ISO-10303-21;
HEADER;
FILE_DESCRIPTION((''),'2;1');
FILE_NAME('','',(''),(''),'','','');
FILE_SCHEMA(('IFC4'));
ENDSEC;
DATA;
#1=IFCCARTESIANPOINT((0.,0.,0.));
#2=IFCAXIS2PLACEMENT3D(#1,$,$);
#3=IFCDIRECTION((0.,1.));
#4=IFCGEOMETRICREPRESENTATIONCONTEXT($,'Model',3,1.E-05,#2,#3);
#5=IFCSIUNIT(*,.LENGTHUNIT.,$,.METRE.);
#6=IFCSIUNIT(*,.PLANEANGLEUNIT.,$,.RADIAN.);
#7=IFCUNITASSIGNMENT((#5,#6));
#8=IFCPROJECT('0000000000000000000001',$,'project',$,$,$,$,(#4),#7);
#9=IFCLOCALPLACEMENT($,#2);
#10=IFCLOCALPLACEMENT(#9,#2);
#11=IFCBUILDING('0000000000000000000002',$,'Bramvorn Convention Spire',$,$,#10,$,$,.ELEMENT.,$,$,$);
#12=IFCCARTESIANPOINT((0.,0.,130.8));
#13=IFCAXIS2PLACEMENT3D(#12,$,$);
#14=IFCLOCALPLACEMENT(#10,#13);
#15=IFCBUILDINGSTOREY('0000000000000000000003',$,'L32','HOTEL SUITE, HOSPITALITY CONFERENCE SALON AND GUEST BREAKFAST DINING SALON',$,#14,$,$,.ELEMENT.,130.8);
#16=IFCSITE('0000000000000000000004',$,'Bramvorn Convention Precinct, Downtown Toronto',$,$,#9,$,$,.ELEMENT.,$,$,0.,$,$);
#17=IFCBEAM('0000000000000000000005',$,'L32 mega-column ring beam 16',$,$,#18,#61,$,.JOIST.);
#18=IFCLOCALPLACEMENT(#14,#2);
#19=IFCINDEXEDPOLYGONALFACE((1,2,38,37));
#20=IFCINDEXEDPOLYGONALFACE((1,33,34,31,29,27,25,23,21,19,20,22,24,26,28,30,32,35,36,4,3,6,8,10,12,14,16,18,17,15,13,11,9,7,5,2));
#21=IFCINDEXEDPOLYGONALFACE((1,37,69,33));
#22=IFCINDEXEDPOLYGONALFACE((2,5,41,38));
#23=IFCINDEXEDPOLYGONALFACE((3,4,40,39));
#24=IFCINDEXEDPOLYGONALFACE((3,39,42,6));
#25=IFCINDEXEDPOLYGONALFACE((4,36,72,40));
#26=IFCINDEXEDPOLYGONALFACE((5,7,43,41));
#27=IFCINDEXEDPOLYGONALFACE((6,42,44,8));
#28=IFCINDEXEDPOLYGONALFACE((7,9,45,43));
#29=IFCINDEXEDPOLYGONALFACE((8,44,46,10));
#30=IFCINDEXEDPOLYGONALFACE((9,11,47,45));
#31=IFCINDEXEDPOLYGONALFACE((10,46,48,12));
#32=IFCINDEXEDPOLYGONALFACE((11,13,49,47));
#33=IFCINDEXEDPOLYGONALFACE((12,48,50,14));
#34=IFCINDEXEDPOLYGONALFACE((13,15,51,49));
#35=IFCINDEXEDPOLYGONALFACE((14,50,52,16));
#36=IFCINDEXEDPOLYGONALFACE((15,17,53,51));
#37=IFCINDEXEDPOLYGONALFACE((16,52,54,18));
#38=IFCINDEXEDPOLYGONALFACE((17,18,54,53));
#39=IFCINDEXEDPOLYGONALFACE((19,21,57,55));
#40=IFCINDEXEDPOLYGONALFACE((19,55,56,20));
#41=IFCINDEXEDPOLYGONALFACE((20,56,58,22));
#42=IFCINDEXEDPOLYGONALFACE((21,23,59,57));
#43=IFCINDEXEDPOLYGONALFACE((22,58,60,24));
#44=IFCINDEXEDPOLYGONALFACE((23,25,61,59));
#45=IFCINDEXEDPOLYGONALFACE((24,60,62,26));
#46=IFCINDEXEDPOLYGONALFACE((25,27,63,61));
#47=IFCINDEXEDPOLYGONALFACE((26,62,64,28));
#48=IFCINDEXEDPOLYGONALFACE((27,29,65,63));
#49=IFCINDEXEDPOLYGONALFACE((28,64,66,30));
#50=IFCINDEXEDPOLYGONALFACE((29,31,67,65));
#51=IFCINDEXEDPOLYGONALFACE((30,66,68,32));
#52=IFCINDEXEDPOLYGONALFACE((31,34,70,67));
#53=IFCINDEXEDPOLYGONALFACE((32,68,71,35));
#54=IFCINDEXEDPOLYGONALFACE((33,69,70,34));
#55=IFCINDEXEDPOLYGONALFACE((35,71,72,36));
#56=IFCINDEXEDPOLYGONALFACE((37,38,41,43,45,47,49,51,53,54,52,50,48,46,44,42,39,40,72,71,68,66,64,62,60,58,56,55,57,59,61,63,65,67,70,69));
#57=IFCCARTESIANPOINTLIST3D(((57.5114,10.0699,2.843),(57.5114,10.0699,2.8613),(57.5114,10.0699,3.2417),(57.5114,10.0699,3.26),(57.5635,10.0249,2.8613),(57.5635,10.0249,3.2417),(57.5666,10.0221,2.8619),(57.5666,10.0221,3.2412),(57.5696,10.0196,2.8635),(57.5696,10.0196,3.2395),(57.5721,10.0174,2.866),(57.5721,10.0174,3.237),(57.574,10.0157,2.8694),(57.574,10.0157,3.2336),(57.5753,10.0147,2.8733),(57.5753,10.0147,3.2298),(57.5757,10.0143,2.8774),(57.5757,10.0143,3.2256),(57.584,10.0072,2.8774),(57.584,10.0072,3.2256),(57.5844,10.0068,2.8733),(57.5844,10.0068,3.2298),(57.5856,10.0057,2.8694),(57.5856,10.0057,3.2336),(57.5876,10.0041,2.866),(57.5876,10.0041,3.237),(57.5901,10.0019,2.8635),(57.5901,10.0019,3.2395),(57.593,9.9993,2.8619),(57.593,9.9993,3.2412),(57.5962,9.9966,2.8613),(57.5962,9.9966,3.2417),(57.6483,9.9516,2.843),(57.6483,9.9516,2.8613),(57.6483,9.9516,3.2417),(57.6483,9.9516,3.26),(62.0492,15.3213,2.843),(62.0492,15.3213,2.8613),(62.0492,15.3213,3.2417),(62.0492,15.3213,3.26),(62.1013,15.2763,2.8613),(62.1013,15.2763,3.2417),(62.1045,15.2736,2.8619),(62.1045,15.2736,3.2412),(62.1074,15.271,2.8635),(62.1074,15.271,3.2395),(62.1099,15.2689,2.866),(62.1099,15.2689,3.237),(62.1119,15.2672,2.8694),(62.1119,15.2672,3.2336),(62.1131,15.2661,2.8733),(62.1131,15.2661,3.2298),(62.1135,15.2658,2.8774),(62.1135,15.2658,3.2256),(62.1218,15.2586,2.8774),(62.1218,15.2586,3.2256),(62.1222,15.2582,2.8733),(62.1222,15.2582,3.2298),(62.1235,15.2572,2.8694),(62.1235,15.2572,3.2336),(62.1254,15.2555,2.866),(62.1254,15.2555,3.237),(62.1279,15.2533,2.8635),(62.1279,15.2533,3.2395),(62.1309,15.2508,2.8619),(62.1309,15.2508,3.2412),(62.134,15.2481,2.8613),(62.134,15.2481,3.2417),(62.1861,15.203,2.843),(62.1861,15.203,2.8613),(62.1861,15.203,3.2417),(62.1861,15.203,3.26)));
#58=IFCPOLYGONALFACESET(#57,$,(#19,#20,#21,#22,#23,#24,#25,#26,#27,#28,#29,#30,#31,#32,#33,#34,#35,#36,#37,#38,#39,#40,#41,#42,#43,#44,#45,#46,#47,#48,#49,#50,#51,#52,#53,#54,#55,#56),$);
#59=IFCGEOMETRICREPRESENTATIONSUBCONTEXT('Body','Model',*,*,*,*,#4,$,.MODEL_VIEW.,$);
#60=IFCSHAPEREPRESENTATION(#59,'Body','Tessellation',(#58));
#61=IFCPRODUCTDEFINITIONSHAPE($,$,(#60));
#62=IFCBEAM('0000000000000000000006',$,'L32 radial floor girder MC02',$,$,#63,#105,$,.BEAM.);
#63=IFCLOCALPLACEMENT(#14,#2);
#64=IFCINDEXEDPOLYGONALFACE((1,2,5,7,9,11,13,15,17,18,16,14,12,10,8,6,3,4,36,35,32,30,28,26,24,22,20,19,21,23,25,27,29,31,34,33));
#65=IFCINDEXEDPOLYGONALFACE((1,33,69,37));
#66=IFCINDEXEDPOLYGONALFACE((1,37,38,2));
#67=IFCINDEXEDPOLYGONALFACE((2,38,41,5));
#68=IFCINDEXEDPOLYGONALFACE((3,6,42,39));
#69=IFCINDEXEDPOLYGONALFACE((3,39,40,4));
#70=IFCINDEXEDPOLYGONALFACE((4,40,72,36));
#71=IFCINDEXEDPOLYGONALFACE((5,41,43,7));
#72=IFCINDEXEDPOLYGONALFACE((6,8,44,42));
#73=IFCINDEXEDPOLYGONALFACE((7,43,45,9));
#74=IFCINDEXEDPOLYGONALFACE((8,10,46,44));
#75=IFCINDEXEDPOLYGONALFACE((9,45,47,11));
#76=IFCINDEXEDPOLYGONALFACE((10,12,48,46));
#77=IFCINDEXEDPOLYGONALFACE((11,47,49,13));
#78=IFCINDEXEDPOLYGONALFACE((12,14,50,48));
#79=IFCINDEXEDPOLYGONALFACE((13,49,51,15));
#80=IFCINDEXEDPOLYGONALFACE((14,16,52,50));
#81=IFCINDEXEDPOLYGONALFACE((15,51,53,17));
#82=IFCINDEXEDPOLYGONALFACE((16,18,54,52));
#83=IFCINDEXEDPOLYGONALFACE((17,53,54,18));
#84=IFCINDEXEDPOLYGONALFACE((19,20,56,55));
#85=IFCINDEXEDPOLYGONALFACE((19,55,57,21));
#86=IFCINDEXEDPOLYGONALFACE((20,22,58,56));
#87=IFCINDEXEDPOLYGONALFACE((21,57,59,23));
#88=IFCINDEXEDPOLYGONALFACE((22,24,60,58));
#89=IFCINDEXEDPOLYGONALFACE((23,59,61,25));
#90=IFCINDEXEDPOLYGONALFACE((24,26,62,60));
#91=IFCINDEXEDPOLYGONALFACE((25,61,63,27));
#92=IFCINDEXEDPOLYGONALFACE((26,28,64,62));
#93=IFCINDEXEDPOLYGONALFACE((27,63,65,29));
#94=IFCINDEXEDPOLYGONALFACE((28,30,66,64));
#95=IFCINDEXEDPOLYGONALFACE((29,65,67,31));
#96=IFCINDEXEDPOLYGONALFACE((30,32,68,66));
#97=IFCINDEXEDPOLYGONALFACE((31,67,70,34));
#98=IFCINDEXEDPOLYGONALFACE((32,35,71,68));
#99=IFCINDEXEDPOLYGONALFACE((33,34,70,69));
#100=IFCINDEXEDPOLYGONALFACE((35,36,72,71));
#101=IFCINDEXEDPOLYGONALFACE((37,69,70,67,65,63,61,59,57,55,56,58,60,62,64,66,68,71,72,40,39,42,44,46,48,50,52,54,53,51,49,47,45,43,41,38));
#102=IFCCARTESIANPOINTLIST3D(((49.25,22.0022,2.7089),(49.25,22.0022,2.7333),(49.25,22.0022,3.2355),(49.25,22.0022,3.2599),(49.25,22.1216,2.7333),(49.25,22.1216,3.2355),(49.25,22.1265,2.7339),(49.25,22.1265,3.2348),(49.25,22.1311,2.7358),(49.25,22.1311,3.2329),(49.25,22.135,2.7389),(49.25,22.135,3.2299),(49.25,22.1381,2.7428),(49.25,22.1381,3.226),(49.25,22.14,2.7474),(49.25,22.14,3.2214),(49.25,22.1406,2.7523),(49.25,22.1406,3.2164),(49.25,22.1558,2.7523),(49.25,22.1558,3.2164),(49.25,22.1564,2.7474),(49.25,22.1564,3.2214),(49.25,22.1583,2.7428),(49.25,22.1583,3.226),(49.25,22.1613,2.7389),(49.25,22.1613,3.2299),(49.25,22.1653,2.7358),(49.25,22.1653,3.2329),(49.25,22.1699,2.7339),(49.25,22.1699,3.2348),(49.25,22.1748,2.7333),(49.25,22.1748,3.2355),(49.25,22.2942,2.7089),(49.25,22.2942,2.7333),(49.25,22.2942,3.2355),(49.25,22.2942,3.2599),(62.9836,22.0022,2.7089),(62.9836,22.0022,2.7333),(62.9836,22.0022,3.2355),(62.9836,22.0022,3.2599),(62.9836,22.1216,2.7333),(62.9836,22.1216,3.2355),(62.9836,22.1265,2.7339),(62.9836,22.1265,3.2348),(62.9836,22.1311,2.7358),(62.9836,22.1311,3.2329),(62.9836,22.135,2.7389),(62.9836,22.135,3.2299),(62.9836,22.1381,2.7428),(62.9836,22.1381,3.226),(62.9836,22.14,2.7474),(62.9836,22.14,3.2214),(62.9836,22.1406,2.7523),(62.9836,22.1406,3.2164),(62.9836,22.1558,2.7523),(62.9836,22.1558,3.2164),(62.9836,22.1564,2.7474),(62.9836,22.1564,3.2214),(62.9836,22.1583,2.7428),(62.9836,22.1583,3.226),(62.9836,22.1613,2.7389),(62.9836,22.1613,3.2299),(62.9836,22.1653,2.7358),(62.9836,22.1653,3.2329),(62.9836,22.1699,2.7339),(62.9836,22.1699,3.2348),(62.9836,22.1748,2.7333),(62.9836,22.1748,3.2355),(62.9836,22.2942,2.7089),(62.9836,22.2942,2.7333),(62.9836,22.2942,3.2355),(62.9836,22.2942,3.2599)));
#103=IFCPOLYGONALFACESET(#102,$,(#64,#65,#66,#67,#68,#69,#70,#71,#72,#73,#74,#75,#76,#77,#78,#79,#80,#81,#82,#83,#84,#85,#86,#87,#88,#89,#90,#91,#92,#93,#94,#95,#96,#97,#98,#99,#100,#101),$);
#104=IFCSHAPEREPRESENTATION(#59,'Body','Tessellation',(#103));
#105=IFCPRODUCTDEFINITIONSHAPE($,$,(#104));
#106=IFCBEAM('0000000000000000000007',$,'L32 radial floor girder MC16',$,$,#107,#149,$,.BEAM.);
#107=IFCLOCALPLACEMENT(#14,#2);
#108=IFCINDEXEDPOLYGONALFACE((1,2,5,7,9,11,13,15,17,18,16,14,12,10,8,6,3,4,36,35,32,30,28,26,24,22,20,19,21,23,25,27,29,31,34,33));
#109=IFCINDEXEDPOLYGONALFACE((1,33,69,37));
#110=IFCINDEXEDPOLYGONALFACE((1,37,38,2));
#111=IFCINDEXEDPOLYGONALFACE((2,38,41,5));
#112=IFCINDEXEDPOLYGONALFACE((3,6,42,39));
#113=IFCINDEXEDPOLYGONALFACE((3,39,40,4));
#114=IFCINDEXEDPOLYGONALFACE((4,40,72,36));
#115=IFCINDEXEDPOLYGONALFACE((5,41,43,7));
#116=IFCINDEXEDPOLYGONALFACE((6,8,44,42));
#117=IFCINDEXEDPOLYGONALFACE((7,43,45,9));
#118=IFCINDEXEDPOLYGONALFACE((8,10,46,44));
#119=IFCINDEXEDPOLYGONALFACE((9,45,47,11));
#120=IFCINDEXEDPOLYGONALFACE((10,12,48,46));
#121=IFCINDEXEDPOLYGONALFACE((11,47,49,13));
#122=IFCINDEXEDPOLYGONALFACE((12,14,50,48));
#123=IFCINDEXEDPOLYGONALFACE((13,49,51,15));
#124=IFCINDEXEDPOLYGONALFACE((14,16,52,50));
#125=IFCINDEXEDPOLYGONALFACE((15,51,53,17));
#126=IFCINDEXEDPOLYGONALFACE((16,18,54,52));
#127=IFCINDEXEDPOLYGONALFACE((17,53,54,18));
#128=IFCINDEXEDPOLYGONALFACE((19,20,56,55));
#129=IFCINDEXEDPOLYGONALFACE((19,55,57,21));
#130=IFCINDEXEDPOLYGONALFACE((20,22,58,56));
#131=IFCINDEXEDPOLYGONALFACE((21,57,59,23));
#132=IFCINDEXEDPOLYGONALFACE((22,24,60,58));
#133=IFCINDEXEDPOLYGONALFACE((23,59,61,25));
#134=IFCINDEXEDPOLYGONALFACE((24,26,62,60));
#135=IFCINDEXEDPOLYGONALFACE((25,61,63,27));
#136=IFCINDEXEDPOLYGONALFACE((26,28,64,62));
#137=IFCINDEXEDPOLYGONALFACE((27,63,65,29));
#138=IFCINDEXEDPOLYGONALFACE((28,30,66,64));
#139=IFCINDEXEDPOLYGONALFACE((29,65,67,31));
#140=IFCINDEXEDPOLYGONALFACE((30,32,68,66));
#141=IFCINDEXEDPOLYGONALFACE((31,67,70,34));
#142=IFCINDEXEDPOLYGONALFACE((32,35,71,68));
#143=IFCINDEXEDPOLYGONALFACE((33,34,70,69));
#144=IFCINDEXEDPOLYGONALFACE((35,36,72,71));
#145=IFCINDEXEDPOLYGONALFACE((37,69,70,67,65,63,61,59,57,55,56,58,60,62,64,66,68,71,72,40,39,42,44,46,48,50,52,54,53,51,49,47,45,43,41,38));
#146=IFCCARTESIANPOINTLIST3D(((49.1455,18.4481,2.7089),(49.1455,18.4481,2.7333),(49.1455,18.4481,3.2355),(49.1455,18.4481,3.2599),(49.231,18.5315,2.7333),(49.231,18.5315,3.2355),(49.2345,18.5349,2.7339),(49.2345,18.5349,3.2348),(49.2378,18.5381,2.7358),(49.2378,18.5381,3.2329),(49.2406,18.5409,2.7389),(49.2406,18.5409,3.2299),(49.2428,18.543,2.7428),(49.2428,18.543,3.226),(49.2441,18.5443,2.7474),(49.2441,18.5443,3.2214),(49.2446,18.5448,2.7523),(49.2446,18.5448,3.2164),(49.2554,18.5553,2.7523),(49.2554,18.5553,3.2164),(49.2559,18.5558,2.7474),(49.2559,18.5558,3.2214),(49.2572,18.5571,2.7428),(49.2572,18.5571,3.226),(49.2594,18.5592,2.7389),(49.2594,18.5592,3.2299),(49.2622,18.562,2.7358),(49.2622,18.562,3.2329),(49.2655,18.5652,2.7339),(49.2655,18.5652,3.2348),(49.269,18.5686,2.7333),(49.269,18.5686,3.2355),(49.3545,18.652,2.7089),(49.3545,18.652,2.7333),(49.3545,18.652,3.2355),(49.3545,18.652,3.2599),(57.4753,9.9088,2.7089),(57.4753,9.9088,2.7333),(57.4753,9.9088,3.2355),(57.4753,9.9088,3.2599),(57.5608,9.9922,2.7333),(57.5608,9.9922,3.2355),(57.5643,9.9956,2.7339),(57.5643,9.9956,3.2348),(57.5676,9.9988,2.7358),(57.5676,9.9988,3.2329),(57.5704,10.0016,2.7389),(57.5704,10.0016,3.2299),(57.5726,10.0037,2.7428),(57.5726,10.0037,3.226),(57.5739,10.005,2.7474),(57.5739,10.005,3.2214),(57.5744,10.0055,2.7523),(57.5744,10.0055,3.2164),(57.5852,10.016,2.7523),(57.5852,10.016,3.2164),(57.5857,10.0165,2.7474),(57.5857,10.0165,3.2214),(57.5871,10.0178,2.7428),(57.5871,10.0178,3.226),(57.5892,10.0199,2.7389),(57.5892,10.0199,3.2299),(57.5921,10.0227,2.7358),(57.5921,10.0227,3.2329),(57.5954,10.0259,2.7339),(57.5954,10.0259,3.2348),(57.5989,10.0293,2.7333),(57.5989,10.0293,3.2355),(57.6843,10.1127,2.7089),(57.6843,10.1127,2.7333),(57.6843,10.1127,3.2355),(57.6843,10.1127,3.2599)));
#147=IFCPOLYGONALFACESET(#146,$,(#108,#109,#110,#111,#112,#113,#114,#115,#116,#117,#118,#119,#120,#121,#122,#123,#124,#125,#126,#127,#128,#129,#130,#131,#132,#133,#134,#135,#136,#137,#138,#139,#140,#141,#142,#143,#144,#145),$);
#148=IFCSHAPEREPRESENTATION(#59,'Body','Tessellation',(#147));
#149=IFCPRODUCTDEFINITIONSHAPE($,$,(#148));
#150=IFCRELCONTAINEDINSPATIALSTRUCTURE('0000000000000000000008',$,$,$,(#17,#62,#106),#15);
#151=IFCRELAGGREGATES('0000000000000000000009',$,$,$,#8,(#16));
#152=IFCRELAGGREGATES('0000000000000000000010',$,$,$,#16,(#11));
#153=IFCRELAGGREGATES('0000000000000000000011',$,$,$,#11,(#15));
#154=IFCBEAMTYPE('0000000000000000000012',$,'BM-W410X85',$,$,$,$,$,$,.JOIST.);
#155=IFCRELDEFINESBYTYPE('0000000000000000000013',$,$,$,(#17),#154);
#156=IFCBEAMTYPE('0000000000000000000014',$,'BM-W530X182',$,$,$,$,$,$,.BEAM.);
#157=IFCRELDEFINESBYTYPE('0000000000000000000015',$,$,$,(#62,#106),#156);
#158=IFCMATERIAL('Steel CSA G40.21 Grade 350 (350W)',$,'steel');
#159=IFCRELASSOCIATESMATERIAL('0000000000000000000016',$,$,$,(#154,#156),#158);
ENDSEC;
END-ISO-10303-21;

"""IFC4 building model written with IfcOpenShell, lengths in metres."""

from ifc_helpers import new_model, si_unit, direction, frame, origin, origin_2d, place, context, subcontext, project, spatial, i_section, extrude, material, material_profile, profile_set, type_object, element, save


model = new_model("IFC4")

# Units and contexts
model_context = context("Model", 3, precision=1e-05, world=origin(), true_north=direction((0.0, 1.0)))
body_context = subcontext(model_context, "Body", "Model", "MODEL_VIEW")
ifc_project = project(units=[si_unit("LENGTHUNIT", "METRE"), si_unit("PLANEANGLEUNIT", "RADIAN")], contexts=[model_context])

# Site, building, storey
site_placement = place(None, origin())
site = spatial("IfcSite", under=ifc_project, at=site_placement, Name="Bramvorn Convention Precinct, Downtown Toronto", CompositionType="ELEMENT", RefElevation=0.0)
building_placement = place(site_placement, origin())
building = spatial("IfcBuilding", under=site, at=building_placement, Name="Bramvorn Convention Spire", CompositionType="ELEMENT")
storey_placement = place(building_placement, frame((0.0, 0.0, 130.8)))
storey = spatial("IfcBuildingStorey", under=building, at=storey_placement, Name="L32", Description="HOTEL SUITE, HOSPITALITY CONFERENCE SALON AND GUEST BREAKFAST DINING SALON", CompositionType="ELEMENT", Elevation=130.8)

# Shared definitions
ifc_material_1 = material(Name="Steel CSA G40.21 Grade 350 (350W)", Category="steel")

# Beams
ifc_material_profile_1 = material_profile(ifc_material_1, i_section(OverallWidth=0.1809, OverallDepth=0.417, WebThickness=0.011, FlangeThickness=0.0183, FilletRadius=0.0161, at=origin_2d()))
ifc_profile_set_1 = profile_set([ifc_material_profile_1], Name="Steel CSA G40.21 Grade 350 (350W) - W410X85")
beam_type_1 = type_object("IfcBeamType", Name="BM-W410X85", PredefinedType="JOIST", material=ifc_profile_set_1)
beam_1_placement = place(storey_placement, frame((57.5798, 10.0107, 3.0515), z_axis=(0.653825, 0.756646, 0.0), x_axis=(-0.756646, 0.653825, 0.0)))
element("IfcBeam", 1, at=beam_1_placement, inside=storey, type_object=beam_type_1, Name="L32 mega-column ring beam 16", PredefinedType="JOIST", context=body_context, shape_type="SweptSolid", body=[
    extrude(i_section(OverallWidth=0.1809, OverallDepth=0.417, WebThickness=0.011, FlangeThickness=0.0183, FilletRadius=0.0161, at=origin_2d()), origin(), (0.0, 0.0, 1.0), 6.9404),
])
ifc_material_profile_2 = material_profile(ifc_material_1, i_section(OverallWidth=0.292, OverallDepth=0.551, WebThickness=0.0151, FlangeThickness=0.0244, FilletRadius=0.019, at=origin_2d()))
ifc_profile_set_2 = profile_set([ifc_material_profile_2], Name="Steel CSA G40.21 Grade 350 (350W) - W530X182")
beam_type_2 = type_object("IfcBeamType", Name="BM-W530X182", PredefinedType="BEAM", material=ifc_profile_set_2)
beam_2_placement = place(storey_placement, frame((49.25, 22.1482, 2.9844), z_axis=(1.0, 0.0, 0.0), x_axis=(0.0, 1.0, 0.0)))
element("IfcBeam", 2, at=beam_2_placement, inside=storey, type_object=beam_type_2, Name="L32 radial floor girder MC02", PredefinedType="BEAM", context=body_context, shape_type="SweptSolid", body=[
    extrude(i_section(OverallWidth=0.292, OverallDepth=0.551, WebThickness=0.0151, FlangeThickness=0.0244, FilletRadius=0.019, at=origin_2d()), origin(), (0.0, 0.0, 1.0), 13.7336),
])
beam_3_placement = place(storey_placement, frame((49.25, 18.55, 2.9844), z_axis=(0.698272, -0.715832, 0.0), x_axis=(0.715832, 0.698272, 0.0)))
element("IfcBeam", 3, at=beam_3_placement, inside=storey, type_object=beam_type_2, Name="L32 radial floor girder MC16", PredefinedType="BEAM", context=body_context, shape_type="SweptSolid", body=[
    extrude(i_section(OverallWidth=0.292, OverallDepth=0.551, WebThickness=0.0151, FlangeThickness=0.0244, FilletRadius=0.019, at=origin_2d()), origin(), (0.0, 0.0, 1.0), 11.9292),
])

save(model, "model.ifc")
